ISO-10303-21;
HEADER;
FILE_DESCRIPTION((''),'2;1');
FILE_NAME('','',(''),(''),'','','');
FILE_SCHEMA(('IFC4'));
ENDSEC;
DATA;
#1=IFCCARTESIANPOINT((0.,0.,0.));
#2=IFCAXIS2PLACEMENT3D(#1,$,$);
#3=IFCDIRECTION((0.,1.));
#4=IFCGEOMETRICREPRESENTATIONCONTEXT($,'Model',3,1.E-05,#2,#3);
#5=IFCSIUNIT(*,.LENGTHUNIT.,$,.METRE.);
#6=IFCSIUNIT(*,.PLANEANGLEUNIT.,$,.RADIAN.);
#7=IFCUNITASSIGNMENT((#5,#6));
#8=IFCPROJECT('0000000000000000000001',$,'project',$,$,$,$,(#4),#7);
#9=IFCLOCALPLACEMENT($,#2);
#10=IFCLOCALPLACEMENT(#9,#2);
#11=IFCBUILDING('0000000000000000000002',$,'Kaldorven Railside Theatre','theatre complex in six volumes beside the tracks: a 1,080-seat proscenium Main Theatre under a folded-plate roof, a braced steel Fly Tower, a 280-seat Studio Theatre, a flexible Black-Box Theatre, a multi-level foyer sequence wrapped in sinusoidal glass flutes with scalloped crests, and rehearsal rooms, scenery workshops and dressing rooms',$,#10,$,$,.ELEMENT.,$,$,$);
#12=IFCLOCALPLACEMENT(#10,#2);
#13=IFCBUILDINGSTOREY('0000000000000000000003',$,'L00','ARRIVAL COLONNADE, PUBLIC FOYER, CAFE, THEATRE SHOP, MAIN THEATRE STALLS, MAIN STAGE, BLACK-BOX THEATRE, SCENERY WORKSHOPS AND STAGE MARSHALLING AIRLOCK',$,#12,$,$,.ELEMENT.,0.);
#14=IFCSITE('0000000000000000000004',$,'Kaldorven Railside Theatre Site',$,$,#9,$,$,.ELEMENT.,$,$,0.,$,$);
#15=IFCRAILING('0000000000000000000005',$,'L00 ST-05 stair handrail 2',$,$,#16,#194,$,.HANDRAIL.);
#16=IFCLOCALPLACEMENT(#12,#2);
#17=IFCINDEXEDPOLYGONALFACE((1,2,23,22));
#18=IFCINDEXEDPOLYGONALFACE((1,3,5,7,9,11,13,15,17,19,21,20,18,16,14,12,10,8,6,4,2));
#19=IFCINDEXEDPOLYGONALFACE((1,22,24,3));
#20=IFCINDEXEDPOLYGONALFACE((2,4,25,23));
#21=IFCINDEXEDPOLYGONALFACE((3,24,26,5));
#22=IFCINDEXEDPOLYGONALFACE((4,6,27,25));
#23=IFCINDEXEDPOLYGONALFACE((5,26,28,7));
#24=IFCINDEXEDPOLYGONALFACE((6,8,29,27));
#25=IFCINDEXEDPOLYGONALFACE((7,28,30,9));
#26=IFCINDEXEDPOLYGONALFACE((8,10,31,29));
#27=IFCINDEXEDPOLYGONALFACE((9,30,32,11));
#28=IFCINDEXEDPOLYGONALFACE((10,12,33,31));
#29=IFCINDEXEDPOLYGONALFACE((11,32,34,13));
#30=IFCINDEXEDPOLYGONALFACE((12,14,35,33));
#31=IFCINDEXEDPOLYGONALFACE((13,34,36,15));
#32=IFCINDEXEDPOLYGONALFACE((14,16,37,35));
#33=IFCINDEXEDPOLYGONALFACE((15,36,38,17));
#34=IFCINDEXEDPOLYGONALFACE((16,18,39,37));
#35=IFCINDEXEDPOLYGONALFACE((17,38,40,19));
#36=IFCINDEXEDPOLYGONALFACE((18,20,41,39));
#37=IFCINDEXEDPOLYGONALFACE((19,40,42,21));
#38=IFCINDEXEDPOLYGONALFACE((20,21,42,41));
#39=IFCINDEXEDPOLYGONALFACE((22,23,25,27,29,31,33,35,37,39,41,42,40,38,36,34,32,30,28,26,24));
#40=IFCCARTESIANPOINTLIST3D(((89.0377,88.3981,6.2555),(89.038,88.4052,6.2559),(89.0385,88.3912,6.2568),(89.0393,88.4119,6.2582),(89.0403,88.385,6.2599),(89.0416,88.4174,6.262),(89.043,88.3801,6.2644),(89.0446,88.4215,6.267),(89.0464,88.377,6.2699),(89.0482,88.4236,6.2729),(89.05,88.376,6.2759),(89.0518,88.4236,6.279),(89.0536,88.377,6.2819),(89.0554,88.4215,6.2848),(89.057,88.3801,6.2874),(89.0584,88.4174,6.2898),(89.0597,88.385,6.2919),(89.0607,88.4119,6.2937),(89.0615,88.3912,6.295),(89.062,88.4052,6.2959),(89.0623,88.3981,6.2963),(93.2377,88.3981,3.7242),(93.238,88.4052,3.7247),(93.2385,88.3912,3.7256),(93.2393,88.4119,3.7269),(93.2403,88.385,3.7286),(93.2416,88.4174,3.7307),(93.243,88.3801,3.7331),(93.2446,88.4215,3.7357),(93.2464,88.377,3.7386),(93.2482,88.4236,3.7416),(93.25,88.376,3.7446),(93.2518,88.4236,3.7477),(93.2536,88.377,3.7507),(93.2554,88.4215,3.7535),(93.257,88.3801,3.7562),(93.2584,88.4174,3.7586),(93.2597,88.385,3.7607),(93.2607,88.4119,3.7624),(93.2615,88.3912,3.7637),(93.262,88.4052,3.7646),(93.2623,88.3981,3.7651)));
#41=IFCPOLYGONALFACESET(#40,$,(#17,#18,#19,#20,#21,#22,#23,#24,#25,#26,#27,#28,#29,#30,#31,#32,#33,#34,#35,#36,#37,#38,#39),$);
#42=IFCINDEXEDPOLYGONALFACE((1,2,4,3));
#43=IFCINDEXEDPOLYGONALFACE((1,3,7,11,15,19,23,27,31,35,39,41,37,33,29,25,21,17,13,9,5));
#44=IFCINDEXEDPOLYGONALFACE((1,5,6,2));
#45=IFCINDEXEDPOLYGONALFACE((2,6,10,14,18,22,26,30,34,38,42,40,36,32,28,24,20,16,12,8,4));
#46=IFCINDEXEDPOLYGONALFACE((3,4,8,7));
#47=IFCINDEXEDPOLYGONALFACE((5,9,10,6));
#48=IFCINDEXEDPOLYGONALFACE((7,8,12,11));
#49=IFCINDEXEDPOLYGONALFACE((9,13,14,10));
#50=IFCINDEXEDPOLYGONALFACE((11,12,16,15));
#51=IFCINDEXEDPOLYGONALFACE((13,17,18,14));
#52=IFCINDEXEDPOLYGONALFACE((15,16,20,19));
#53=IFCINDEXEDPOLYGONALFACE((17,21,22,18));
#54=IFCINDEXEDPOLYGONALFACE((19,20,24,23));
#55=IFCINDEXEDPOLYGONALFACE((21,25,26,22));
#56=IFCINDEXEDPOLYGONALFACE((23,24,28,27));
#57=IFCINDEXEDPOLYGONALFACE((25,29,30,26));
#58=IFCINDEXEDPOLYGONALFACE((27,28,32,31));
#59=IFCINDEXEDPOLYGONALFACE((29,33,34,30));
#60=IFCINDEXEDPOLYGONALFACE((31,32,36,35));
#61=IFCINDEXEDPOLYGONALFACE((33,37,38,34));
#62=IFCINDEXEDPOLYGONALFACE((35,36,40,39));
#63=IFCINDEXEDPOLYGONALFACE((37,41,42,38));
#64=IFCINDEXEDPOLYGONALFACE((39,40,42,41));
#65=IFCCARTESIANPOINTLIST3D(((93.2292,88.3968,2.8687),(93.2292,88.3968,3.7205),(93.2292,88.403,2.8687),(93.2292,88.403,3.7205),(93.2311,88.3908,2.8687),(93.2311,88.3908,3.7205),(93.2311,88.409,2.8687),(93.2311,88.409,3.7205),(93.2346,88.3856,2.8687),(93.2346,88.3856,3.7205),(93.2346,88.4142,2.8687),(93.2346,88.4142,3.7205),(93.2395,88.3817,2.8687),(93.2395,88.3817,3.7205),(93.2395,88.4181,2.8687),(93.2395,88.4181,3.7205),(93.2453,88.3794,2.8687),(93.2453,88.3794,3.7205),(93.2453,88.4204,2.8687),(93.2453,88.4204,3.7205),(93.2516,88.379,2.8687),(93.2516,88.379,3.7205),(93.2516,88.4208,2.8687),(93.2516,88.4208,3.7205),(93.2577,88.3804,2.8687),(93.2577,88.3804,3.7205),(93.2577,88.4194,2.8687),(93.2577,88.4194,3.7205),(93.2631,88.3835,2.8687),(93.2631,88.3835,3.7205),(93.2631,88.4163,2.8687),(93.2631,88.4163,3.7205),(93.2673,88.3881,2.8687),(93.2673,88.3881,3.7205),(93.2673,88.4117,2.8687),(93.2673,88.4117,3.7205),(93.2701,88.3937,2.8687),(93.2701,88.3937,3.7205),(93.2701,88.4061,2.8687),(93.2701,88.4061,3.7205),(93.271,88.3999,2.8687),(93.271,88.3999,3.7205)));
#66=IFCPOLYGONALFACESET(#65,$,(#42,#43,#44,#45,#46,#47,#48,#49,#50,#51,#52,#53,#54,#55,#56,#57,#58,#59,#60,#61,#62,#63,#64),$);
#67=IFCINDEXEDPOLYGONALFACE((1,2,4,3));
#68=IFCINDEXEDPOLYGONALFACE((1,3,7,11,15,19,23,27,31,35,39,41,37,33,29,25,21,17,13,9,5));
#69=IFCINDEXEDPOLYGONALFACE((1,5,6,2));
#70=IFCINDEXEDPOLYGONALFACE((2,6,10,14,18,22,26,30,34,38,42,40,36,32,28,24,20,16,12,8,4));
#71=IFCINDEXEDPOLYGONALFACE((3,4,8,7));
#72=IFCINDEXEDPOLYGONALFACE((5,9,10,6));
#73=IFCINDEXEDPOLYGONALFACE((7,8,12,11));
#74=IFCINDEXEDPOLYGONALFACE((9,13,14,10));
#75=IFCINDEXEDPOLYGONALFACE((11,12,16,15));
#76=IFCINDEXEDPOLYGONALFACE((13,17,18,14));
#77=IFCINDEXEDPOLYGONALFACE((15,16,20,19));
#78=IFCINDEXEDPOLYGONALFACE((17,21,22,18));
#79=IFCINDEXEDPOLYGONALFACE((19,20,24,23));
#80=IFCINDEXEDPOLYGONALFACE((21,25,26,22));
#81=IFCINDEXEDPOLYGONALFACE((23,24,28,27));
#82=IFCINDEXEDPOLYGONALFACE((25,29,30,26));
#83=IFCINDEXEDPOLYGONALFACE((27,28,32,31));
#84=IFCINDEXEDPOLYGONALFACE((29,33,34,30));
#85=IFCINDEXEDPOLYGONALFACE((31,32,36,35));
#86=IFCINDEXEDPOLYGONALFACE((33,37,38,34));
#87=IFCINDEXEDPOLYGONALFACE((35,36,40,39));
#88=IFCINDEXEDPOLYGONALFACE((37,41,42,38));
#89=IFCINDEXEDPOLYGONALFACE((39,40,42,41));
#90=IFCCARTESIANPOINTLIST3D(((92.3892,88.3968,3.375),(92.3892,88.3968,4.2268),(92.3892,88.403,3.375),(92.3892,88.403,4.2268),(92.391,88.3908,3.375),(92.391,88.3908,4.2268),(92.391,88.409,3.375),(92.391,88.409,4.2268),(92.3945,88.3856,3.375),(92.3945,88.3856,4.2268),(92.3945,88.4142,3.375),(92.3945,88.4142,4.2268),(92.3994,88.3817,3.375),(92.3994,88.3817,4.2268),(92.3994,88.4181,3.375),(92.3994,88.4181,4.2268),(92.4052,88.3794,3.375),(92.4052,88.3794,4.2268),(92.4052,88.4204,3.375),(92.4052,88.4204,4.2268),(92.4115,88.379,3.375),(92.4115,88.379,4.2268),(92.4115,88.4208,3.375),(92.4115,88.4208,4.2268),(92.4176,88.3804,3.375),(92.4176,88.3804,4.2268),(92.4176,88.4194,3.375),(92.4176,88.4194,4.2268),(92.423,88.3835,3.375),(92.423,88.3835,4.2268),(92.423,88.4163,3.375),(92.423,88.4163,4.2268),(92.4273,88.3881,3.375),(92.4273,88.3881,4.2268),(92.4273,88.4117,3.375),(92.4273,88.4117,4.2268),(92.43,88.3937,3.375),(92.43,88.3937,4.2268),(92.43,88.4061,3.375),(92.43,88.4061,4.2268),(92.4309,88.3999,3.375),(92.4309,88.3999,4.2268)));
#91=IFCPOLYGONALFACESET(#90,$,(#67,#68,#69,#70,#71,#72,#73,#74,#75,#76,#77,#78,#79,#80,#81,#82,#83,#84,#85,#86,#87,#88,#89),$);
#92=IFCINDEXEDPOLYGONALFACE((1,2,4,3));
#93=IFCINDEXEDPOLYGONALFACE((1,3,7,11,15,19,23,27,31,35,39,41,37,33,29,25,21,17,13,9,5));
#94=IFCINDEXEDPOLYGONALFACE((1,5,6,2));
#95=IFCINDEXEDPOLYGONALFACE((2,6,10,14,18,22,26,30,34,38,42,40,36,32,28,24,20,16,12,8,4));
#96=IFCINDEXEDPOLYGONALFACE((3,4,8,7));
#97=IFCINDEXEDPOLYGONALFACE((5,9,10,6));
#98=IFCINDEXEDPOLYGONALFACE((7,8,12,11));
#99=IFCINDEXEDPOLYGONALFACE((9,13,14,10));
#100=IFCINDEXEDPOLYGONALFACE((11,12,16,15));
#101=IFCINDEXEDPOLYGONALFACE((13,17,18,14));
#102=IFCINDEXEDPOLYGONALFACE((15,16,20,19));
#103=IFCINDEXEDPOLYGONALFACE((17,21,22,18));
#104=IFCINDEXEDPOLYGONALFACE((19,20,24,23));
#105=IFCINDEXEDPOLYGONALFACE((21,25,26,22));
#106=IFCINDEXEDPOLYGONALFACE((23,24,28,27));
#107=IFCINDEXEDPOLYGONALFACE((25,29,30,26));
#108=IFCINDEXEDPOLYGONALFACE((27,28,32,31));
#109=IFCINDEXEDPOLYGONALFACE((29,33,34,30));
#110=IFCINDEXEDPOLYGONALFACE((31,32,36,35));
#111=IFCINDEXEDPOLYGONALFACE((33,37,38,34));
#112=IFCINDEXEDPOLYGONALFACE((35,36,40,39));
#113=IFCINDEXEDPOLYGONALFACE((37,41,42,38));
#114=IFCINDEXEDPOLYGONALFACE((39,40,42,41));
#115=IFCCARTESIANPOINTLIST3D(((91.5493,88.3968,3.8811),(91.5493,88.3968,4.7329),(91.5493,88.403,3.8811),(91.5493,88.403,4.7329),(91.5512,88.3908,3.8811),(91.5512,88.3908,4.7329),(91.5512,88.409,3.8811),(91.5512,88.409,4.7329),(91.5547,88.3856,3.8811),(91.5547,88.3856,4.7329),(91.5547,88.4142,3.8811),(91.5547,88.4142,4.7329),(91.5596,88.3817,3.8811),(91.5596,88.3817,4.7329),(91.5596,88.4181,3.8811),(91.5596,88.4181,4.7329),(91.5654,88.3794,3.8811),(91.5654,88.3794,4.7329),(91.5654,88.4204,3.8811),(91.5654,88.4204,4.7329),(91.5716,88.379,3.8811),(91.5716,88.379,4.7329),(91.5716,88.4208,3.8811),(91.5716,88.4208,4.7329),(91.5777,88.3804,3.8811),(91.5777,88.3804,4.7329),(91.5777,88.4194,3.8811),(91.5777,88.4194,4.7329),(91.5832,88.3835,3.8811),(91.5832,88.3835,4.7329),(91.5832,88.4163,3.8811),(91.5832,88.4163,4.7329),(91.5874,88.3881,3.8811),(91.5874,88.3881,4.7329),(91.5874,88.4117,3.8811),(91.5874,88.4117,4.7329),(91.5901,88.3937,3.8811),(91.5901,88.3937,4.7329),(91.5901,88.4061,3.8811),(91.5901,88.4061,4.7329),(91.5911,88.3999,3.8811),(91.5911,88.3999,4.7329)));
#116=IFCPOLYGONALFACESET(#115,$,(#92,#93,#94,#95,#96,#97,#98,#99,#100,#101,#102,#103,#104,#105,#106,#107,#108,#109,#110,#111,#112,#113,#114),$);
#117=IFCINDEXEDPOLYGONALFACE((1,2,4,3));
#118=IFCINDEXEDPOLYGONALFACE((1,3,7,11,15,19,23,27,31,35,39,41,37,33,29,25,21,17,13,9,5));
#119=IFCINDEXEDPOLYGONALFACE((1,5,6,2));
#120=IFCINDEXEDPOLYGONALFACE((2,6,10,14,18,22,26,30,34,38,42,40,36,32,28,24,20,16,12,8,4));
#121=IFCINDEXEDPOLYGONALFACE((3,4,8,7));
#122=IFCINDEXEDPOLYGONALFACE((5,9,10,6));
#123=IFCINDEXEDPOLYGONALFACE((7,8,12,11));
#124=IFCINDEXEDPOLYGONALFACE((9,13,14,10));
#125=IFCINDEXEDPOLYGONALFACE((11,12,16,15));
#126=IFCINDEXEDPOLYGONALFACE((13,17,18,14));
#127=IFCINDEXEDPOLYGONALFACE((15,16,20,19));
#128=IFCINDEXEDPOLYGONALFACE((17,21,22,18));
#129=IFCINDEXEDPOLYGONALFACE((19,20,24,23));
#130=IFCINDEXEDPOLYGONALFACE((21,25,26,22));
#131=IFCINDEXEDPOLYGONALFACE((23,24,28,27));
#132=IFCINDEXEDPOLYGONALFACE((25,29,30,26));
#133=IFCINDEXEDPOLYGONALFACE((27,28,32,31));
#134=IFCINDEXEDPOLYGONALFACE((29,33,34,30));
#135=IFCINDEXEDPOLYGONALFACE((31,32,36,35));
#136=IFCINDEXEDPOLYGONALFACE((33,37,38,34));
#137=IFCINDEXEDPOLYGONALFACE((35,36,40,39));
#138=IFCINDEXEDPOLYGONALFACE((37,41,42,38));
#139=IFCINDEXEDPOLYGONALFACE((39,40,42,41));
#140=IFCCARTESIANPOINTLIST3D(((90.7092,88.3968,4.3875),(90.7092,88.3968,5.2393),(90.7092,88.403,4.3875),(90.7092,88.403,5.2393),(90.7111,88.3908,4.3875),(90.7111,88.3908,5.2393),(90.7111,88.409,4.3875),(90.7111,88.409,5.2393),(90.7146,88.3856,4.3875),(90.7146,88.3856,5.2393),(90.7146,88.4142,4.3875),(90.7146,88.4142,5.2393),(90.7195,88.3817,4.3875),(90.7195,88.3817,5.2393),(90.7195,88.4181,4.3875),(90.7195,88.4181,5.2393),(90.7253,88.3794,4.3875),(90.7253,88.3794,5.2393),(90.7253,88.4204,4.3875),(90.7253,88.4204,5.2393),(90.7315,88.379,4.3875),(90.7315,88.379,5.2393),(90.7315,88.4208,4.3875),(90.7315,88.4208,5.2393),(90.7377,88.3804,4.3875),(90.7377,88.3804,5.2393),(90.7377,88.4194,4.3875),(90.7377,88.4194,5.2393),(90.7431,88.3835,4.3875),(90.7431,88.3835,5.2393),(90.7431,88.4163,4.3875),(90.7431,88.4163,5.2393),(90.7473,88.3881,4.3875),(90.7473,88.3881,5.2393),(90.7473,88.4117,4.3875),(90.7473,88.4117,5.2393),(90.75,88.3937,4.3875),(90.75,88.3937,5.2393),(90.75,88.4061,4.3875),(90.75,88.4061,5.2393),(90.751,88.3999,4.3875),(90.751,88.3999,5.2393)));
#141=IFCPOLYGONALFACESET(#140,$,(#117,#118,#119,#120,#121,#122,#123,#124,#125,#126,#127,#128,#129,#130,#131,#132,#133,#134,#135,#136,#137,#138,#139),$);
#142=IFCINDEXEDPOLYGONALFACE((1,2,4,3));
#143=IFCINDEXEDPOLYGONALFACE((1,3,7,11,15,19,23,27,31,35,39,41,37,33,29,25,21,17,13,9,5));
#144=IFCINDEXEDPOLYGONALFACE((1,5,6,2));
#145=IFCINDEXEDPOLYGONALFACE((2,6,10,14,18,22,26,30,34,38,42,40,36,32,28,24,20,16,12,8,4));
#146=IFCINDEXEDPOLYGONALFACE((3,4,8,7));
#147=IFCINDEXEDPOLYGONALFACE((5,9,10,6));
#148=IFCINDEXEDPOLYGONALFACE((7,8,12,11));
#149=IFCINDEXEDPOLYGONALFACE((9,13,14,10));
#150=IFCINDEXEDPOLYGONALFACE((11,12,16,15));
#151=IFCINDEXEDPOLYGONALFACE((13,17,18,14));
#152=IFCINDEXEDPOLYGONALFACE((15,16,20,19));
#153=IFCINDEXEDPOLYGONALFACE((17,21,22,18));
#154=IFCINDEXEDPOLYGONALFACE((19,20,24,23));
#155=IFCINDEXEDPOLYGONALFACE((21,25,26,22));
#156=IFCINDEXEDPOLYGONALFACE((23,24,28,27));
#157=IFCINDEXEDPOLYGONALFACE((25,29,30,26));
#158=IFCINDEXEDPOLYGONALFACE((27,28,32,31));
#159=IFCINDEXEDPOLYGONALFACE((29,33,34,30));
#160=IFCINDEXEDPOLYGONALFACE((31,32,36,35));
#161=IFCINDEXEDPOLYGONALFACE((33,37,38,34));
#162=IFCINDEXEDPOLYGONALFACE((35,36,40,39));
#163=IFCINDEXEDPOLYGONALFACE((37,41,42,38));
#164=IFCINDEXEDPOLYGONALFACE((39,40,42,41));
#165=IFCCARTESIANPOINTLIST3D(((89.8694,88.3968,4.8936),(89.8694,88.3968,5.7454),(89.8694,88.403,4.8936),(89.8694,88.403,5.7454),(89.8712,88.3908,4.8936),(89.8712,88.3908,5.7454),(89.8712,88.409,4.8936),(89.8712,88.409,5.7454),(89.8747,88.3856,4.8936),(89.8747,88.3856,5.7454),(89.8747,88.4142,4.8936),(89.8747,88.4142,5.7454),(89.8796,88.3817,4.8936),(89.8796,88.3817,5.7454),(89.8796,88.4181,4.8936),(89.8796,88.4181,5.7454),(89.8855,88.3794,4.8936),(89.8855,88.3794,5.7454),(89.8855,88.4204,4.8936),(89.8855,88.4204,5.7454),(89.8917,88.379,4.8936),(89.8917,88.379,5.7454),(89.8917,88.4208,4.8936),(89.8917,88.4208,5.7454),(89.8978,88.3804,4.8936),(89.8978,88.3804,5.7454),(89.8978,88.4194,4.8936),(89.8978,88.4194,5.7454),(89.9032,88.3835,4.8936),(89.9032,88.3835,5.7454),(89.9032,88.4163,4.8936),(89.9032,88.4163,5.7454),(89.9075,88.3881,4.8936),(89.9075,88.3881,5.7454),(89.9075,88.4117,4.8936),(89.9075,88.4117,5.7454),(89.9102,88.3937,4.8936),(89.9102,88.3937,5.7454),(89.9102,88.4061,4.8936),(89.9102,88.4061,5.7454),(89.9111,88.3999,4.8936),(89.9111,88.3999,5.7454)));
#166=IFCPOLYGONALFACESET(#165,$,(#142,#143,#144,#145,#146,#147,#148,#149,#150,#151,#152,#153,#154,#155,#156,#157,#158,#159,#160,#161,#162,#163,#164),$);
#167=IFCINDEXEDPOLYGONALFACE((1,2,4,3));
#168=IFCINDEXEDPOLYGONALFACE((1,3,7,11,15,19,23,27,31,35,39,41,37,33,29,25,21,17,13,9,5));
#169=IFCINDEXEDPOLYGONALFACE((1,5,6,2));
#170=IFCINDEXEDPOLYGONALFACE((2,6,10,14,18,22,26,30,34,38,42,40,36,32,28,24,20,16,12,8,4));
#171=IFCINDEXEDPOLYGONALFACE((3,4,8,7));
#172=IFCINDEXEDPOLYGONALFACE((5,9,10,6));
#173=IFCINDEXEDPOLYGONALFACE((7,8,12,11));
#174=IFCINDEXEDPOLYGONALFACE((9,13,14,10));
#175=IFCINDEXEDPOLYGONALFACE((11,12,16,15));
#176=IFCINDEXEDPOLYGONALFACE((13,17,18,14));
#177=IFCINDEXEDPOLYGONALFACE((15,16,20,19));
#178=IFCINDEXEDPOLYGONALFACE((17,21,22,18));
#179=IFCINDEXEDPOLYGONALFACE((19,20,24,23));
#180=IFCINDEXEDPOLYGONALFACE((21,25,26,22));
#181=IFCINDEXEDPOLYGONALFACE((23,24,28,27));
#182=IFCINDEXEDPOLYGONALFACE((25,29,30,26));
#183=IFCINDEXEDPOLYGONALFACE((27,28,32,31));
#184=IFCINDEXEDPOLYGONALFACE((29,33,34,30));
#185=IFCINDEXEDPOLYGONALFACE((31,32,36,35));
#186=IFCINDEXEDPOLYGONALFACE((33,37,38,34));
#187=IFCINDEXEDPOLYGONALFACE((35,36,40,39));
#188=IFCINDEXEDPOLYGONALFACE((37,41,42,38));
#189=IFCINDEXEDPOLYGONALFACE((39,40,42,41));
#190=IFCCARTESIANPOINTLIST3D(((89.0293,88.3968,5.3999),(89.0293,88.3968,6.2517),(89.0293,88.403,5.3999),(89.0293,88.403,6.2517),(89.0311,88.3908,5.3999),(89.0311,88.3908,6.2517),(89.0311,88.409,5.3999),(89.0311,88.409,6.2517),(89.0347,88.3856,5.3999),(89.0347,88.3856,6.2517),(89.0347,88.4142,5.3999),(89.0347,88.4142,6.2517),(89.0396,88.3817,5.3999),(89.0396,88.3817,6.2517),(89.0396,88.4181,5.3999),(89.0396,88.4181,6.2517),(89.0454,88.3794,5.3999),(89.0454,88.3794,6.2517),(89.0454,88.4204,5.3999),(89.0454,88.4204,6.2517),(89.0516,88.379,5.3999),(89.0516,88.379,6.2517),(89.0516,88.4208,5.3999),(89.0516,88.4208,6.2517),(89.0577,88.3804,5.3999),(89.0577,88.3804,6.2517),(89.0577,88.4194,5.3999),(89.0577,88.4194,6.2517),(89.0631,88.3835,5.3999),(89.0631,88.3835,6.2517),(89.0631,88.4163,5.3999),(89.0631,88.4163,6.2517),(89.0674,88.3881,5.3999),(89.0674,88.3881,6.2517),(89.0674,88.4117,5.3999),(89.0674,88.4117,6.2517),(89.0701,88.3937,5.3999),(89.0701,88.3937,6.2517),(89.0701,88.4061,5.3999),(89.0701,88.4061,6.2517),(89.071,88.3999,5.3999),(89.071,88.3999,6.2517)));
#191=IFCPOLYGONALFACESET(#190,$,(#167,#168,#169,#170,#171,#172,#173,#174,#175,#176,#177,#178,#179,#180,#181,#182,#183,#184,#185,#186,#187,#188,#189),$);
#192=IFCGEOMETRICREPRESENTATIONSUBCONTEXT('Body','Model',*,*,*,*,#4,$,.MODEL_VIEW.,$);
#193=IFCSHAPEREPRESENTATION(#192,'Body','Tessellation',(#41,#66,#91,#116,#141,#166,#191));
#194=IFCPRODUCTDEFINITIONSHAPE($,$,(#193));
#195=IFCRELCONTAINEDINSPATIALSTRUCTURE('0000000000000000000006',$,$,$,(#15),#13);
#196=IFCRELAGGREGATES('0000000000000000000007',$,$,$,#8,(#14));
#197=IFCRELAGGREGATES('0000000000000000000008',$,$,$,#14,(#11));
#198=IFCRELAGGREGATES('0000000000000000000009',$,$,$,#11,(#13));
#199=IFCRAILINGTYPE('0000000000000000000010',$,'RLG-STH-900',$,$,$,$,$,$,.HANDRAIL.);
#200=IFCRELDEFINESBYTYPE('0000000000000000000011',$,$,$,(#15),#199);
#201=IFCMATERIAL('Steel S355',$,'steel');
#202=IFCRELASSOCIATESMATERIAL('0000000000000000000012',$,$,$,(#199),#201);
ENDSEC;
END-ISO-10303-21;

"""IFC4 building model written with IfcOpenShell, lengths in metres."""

from ifc_helpers import new_model, si_unit, direction, frame, origin, origin_2d, place, context, subcontext, project, spatial, circle, extrude, material, type_object, element, save


model = new_model("IFC4")

# Units and contexts
model_context = context("Model", 3, precision=1e-05, world=origin(), true_north=direction((0.0, 1.0)))
body_context = subcontext(model_context, "Body", "Model", "MODEL_VIEW")
ifc_project = project(units=[si_unit("LENGTHUNIT", "METRE"), si_unit("PLANEANGLEUNIT", "RADIAN")], contexts=[model_context])

# Site, building, storey
site_placement = place(None, origin())
site = spatial("IfcSite", under=ifc_project, at=site_placement, Name="Kaldorven Railside Theatre Site", CompositionType="ELEMENT", RefElevation=0.0)
building_placement = place(site_placement, origin())
building = spatial("IfcBuilding", under=site, at=building_placement, Name="Kaldorven Railside Theatre", Description="theatre complex in six volumes beside the tracks: a 1,080-seat proscenium Main Theatre under a folded-plate roof, a braced steel Fly Tower, a 280-seat Studio Theatre, a flexible Black-Box Theatre, a multi-level foyer sequence wrapped in sinusoidal glass flutes with scalloped crests, and rehearsal rooms, scenery workshops and dressing rooms", CompositionType="ELEMENT")
storey_placement = place(building_placement, origin())
storey = spatial("IfcBuildingStorey", under=building, at=storey_placement, Name="L00", Description="ARRIVAL COLONNADE, PUBLIC FOYER, CAFE, THEATRE SHOP, MAIN THEATRE STALLS, MAIN STAGE, BLACK-BOX THEATRE, SCENERY WORKSHOPS AND STAGE MARSHALLING AIRLOCK", CompositionType="ELEMENT", Elevation=0.0)

# Shared definitions
ifc_material_1 = material(Name="Steel S355", Category="steel")

# Railing
railing_type_1 = type_object("IfcRailingType", Name="RLG-STH-900", PredefinedType="HANDRAIL", material=ifc_material_1)
railing_1_placement = place(storey_placement, frame((93.25, 88.3999, 2.8687)))
element("IfcRailing", 1, at=railing_1_placement, inside=storey, type_object=railing_type_1, Name="L00 ST-05 stair handrail 2", PredefinedType="HANDRAIL", context=body_context, shape_type="SweptSolid", body=[
    extrude(circle(Radius=0.0239, at=origin_2d()), frame((0.0, 0.0, 0.876), z_axis=(-0.856476, 0.0, 0.516186), x_axis=(0.0, -1.0, 0.0)), (0.0, 0.0, 1.0), 4.9038),
    extrude(circle(Radius=0.021, at=origin_2d()), origin(), (0.0, 0.0, 1.0), 0.8518),
    extrude(circle(Radius=0.021, at=origin_2d()), frame((-0.8401, 0.0, 0.5063)), (0.0, 0.0, 1.0), 0.8518),
    extrude(circle(Radius=0.021, at=origin_2d()), frame((-1.6799, 0.0, 1.0125)), (0.0, 0.0, 1.0), 0.8518),
    extrude(circle(Radius=0.021, at=origin_2d()), frame((-2.52, 0.0, 1.5188)), (0.0, 0.0, 1.0), 0.8518),
    extrude(circle(Radius=0.021, at=origin_2d()), frame((-3.3599, 0.0, 2.0249)), (0.0, 0.0, 1.0), 0.8518),
    extrude(circle(Radius=0.021, at=origin_2d()), frame((-4.2, 0.0, 2.5312)), (0.0, 0.0, 1.0), 0.8518),
])

save(model, "model.ifc")
